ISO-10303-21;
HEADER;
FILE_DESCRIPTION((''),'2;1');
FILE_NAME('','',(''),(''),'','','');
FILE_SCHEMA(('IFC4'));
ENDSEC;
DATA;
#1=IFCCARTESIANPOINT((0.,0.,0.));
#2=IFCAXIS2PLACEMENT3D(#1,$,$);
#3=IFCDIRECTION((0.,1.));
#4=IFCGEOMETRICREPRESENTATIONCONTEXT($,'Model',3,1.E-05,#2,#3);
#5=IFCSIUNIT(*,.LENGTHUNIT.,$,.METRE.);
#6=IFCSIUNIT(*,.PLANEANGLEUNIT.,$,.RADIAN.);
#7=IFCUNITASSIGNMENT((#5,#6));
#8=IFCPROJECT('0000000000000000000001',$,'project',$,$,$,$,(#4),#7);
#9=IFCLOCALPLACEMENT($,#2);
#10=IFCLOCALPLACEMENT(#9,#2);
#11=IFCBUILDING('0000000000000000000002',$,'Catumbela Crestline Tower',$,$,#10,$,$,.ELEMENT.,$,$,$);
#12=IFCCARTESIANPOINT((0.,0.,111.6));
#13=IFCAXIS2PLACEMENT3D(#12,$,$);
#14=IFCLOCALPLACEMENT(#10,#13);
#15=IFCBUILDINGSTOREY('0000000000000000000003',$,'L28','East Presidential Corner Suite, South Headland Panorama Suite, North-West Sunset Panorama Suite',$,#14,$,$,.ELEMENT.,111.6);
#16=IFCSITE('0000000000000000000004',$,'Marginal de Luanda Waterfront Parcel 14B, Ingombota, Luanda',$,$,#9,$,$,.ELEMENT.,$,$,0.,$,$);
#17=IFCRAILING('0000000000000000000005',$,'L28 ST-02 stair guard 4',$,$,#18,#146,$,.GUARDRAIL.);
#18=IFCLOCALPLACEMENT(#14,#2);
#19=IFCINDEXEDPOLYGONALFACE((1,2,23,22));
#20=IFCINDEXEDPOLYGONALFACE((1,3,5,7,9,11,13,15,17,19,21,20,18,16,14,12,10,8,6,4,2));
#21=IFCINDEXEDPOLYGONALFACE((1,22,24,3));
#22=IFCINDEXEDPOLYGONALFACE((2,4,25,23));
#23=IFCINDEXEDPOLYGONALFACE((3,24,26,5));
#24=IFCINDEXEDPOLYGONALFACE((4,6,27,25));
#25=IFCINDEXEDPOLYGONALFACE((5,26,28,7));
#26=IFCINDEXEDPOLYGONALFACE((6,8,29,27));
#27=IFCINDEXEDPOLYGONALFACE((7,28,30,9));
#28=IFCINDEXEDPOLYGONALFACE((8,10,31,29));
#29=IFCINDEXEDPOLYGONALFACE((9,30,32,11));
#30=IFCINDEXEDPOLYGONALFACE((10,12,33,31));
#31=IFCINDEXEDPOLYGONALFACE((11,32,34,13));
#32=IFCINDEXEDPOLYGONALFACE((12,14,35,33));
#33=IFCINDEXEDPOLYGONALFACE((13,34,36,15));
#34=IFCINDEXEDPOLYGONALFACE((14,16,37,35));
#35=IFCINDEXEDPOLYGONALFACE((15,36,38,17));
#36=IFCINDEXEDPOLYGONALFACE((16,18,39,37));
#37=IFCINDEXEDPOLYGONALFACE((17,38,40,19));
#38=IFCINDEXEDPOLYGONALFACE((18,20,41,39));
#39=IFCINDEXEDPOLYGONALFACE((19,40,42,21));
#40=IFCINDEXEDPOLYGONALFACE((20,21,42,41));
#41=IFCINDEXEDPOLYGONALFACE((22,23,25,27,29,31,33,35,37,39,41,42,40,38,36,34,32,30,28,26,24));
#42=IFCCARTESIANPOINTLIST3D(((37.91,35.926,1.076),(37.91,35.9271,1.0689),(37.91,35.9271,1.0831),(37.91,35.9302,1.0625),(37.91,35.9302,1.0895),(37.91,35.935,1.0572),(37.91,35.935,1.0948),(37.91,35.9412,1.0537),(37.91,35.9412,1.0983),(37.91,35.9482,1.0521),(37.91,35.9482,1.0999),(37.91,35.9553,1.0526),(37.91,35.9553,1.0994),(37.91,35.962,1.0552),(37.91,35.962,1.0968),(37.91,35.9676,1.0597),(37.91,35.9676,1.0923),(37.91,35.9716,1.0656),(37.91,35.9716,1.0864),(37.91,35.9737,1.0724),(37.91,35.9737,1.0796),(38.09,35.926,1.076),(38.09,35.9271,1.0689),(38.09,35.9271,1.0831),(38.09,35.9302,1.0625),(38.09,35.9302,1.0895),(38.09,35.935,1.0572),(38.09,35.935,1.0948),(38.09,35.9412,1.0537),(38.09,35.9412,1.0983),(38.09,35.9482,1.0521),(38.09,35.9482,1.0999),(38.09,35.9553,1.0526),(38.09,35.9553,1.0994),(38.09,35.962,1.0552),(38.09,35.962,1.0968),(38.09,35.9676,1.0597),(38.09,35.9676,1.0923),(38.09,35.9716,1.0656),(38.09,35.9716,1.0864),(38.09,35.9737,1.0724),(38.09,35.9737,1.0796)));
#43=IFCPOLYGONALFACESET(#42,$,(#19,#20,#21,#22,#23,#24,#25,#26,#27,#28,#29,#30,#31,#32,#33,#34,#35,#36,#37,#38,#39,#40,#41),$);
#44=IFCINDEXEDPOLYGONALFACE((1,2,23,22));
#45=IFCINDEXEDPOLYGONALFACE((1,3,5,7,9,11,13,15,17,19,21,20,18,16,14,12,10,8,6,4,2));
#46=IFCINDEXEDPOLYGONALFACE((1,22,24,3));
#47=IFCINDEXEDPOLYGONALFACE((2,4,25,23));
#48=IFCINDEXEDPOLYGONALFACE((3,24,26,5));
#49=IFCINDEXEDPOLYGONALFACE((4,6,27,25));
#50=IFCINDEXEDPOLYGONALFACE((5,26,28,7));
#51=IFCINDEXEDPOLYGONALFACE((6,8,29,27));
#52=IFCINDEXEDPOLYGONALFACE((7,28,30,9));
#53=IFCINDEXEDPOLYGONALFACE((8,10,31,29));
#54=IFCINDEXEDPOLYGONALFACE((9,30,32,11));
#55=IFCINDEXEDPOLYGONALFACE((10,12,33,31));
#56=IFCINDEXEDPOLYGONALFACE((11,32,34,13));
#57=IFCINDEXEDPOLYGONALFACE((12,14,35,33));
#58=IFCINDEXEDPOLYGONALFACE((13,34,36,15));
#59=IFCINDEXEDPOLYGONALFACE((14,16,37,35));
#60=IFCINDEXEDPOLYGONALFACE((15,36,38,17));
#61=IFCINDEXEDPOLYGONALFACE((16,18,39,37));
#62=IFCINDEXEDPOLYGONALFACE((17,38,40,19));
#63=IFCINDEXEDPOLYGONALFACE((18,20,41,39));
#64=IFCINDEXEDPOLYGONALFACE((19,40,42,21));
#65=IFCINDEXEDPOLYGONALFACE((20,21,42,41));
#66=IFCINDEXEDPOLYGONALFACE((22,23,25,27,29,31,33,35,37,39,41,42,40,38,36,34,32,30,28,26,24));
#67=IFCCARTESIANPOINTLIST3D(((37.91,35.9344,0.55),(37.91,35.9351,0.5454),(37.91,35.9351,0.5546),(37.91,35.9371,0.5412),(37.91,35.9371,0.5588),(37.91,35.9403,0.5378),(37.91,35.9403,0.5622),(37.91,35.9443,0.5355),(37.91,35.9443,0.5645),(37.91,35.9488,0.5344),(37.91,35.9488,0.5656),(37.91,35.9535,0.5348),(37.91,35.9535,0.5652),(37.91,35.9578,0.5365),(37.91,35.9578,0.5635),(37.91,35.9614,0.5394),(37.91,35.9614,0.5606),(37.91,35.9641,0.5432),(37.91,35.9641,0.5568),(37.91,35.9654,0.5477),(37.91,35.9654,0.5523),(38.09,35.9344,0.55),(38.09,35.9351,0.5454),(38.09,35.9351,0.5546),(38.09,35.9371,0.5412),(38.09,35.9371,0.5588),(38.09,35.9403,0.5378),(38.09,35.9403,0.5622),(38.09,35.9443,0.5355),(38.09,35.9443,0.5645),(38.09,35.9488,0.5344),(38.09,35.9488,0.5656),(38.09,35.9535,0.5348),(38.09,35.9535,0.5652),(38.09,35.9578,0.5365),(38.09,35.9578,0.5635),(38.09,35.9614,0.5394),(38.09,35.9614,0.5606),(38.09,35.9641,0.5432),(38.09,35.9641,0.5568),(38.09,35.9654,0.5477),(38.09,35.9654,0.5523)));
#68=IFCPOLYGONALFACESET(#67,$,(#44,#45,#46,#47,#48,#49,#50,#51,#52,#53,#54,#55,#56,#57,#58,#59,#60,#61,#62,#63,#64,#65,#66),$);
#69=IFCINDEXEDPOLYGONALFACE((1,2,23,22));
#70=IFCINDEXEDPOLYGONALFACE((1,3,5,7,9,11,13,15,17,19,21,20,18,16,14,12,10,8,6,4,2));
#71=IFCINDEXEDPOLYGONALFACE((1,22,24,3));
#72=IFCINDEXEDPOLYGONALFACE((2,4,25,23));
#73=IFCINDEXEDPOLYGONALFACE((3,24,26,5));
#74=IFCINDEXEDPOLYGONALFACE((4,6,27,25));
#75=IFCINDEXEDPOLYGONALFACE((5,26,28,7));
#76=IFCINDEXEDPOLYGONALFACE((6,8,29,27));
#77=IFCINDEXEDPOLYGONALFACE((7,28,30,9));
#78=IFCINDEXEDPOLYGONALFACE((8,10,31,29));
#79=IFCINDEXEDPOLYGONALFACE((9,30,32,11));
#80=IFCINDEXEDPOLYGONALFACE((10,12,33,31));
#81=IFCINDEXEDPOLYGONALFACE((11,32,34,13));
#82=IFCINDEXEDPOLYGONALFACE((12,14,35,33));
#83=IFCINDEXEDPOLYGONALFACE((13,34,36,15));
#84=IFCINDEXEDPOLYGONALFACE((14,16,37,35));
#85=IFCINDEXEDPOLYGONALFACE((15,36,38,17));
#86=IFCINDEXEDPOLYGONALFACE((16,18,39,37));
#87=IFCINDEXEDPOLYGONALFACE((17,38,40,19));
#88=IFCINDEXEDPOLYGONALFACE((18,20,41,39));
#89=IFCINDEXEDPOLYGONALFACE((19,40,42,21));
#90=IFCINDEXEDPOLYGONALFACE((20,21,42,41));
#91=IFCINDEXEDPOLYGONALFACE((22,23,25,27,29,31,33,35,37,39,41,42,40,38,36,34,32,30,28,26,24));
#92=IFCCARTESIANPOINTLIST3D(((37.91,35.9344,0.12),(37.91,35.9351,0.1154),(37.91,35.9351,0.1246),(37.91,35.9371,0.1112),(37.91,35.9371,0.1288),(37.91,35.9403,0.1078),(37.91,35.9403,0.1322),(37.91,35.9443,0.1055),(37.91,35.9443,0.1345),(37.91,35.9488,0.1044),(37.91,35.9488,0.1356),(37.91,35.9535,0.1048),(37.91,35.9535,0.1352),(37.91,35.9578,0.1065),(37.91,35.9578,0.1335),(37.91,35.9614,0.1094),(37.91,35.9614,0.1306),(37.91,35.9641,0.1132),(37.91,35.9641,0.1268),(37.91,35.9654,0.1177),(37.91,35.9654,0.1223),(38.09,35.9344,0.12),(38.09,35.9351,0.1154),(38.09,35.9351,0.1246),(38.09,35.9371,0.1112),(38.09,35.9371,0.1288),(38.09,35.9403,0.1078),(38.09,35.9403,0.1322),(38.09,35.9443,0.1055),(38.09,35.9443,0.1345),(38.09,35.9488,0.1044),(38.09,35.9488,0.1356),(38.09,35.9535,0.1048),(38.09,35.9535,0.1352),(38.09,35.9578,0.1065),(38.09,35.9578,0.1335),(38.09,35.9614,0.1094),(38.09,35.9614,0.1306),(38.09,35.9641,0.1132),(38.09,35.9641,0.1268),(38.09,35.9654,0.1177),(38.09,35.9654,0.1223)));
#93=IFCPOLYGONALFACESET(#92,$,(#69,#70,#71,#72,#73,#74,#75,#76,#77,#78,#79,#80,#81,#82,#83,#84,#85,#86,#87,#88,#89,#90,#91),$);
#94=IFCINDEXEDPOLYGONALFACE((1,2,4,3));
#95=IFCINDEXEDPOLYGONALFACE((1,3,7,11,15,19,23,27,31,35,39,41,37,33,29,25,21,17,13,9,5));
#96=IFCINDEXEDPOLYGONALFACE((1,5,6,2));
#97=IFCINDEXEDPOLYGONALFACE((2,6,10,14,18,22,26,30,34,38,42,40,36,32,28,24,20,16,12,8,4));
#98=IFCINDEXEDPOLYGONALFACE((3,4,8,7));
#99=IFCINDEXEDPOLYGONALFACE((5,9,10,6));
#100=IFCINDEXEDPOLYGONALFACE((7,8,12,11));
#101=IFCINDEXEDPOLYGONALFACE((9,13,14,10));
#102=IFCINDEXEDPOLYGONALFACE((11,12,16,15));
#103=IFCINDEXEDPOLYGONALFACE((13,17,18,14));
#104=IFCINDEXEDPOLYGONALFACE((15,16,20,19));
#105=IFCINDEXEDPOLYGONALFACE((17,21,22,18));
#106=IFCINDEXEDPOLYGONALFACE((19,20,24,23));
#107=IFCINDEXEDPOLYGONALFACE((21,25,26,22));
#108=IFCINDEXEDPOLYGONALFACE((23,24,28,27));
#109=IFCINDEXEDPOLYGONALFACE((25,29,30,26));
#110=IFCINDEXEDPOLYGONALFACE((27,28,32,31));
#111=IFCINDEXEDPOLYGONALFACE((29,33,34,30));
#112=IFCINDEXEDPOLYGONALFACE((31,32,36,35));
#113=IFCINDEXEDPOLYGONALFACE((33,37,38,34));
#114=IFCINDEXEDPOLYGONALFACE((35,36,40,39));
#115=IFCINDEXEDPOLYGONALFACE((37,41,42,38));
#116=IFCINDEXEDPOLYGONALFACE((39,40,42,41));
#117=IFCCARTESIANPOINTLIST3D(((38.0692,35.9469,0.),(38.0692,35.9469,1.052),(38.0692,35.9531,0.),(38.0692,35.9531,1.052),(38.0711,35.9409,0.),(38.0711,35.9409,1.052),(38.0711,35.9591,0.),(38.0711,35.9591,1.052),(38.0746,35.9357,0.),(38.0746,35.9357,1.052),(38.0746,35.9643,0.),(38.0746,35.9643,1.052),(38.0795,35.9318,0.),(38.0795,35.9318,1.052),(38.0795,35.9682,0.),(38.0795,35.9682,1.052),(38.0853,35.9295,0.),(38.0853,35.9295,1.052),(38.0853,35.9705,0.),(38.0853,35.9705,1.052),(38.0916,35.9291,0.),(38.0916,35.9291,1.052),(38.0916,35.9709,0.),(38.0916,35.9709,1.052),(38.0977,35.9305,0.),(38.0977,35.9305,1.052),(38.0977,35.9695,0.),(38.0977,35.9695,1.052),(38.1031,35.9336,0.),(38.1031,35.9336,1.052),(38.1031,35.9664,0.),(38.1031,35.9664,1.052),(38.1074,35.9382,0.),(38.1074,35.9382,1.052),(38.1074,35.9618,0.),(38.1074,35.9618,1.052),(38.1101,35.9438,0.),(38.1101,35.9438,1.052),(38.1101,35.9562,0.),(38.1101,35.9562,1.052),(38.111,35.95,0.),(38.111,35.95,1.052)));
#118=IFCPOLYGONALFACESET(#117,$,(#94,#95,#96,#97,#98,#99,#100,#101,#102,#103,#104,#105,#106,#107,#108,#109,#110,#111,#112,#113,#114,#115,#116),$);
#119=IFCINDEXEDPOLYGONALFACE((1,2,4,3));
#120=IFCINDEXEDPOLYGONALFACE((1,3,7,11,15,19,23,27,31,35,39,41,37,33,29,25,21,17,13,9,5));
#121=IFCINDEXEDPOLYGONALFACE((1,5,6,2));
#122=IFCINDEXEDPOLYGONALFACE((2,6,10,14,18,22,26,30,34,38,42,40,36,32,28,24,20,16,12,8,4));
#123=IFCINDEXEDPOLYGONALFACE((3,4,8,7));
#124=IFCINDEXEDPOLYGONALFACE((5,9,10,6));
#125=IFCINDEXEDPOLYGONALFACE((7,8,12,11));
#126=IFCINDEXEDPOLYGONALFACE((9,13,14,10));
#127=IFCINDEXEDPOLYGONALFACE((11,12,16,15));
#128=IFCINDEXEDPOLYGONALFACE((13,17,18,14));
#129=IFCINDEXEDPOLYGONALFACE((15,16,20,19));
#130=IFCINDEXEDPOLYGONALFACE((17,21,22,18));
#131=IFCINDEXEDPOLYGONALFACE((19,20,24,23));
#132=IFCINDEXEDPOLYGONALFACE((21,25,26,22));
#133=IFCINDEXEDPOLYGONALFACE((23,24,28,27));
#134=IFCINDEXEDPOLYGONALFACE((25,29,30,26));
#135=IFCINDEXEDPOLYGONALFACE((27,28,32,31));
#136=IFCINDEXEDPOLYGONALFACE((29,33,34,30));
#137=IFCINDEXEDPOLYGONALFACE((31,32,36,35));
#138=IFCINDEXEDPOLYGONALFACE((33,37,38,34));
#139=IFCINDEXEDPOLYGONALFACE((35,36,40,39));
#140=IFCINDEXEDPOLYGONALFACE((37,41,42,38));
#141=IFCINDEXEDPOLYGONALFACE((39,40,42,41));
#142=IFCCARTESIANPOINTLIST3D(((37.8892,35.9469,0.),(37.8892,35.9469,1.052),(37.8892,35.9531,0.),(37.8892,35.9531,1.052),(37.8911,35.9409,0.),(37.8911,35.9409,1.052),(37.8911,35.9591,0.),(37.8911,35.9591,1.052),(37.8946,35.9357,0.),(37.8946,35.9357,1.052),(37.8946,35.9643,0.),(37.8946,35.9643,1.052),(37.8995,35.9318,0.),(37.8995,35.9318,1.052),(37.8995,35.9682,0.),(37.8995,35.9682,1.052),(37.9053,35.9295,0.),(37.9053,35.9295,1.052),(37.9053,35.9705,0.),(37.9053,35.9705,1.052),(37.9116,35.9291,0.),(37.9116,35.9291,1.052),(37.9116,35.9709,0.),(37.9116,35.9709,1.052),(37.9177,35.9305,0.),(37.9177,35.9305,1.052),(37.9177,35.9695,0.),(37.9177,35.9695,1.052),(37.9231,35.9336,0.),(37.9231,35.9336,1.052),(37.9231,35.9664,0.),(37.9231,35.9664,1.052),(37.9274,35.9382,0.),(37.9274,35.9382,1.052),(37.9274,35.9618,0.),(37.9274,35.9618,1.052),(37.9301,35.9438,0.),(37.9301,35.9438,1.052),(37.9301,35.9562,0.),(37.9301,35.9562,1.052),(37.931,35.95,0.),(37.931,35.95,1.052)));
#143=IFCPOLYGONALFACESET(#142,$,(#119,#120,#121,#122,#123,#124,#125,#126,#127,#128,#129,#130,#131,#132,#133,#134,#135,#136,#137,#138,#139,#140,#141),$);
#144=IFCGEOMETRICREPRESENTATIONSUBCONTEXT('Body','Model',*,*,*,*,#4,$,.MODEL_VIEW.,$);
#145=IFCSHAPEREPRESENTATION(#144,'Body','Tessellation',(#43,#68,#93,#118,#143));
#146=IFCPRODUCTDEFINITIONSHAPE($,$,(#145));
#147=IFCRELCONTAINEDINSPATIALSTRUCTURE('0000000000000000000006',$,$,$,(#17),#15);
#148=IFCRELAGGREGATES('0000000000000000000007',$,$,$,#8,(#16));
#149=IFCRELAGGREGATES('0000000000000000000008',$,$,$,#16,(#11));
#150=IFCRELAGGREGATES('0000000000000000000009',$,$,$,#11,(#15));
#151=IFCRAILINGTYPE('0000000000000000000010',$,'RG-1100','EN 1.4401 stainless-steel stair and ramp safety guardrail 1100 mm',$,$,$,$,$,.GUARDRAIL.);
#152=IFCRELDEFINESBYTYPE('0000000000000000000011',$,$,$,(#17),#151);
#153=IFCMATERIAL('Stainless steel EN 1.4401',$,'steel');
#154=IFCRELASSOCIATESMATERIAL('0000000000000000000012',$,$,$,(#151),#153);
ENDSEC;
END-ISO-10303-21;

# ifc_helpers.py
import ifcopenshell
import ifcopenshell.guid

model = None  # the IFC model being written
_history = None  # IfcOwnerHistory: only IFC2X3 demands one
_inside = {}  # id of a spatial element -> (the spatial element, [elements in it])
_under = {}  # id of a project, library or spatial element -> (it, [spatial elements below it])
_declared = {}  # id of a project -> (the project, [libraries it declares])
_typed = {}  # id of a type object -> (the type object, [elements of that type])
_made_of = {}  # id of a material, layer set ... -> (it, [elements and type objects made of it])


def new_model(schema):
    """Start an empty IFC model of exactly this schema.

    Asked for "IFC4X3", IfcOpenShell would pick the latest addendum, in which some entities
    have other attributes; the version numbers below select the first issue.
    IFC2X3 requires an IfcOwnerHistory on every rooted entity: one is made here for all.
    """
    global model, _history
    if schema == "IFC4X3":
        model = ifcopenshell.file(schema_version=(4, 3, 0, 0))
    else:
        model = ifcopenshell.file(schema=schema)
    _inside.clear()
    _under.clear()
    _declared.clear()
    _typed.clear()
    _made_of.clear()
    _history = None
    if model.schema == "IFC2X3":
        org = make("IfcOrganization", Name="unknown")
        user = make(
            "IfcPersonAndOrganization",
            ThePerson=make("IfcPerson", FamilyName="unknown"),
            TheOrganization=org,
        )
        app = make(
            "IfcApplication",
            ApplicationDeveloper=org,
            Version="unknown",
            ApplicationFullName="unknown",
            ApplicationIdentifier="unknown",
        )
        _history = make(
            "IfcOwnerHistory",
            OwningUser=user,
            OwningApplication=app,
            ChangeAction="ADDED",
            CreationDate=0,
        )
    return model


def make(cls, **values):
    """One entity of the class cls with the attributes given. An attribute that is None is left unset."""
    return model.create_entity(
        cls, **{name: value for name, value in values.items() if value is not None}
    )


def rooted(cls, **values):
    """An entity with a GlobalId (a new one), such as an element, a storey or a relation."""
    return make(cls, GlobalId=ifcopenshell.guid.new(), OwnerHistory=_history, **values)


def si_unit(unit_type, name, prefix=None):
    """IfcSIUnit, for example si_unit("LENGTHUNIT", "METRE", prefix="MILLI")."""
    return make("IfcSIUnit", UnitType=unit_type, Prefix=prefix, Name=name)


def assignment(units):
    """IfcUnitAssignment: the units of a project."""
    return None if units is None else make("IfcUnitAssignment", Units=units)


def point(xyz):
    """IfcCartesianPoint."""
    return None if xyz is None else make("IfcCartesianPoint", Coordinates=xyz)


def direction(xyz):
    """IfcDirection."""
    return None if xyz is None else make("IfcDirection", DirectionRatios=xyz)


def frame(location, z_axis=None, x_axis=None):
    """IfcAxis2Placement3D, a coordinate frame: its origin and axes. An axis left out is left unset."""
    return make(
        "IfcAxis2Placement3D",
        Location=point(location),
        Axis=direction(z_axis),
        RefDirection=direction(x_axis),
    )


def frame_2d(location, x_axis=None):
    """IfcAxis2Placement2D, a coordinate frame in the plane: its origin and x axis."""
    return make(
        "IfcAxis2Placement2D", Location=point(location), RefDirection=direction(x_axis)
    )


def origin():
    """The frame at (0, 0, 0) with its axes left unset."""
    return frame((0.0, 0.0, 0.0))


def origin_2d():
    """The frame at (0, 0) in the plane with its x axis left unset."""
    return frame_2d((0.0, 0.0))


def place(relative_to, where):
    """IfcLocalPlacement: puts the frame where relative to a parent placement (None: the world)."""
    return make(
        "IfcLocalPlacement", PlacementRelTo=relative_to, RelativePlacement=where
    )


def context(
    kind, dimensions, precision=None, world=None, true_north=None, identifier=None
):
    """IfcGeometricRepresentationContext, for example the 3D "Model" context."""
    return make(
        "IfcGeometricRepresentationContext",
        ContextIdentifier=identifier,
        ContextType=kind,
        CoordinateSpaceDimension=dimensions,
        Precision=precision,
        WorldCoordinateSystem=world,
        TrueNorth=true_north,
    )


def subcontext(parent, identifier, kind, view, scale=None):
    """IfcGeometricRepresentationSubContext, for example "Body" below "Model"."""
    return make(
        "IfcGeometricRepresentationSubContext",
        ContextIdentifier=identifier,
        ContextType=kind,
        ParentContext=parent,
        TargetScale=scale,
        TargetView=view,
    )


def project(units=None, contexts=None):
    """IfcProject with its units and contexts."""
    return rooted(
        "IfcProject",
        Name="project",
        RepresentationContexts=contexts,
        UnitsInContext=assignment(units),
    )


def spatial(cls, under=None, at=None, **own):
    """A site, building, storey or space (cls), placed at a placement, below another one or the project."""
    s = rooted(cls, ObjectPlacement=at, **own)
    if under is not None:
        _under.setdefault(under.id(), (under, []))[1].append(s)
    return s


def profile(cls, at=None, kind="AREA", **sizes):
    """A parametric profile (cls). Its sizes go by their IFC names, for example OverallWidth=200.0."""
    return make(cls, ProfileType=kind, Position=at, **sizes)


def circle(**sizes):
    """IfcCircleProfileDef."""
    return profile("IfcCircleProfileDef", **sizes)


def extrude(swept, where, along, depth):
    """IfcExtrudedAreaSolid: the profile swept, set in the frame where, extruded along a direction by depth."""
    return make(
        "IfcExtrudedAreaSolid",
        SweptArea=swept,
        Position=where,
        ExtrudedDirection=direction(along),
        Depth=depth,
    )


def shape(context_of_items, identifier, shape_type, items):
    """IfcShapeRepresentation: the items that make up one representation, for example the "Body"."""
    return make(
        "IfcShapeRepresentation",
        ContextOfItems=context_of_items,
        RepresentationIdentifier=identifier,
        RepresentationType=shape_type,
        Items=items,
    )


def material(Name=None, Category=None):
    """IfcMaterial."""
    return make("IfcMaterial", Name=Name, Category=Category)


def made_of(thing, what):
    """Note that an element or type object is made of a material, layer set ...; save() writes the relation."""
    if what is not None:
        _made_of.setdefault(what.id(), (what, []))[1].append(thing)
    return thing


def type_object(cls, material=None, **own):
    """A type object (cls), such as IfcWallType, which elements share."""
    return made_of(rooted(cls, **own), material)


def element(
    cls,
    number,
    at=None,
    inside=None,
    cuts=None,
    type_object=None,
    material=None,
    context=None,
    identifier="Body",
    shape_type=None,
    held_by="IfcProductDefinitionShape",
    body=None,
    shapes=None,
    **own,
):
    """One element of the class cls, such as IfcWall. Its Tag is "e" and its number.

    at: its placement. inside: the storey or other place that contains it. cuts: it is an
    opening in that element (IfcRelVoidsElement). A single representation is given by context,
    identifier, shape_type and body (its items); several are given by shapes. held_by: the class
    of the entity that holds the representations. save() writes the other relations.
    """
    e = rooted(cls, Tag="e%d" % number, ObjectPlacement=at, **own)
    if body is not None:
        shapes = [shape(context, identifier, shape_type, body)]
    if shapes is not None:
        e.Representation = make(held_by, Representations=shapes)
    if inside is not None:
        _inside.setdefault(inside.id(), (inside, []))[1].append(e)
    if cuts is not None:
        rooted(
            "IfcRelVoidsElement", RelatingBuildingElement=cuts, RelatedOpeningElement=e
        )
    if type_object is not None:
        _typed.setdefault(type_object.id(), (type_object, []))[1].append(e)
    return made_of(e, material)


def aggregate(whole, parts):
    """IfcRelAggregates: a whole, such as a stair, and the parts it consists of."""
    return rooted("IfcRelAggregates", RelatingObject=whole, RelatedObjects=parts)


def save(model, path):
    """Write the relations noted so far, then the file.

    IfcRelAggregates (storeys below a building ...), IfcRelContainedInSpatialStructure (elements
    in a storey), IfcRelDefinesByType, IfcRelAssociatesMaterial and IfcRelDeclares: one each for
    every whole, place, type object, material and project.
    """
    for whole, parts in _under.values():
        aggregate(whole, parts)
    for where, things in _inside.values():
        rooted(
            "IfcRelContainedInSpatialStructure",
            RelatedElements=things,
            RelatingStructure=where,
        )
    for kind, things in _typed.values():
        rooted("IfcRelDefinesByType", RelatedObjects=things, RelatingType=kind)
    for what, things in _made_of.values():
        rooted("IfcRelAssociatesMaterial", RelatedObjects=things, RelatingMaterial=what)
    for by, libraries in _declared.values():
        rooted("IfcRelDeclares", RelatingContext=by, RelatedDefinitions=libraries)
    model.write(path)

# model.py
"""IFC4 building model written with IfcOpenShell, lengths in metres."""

from ifc_helpers import new_model, si_unit, direction, frame, origin, origin_2d, place, context, subcontext, project, spatial, circle, extrude, material, type_object, element, save


model = new_model("IFC4")

# Units and contexts
model_context = context("Model", 3, precision=1e-05, world=origin(), true_north=direction((0.0, 1.0)))
body_context = subcontext(model_context, "Body", "Model", "MODEL_VIEW")
ifc_project = project(units=[si_unit("LENGTHUNIT", "METRE"), si_unit("PLANEANGLEUNIT", "RADIAN")], contexts=[model_context])

# Site, building, storey
site_placement = place(None, origin())
site = spatial("IfcSite", under=ifc_project, at=site_placement, Name="Marginal de Luanda Waterfront Parcel 14B, Ingombota, Luanda", CompositionType="ELEMENT", RefElevation=0.0)
building_placement = place(site_placement, origin())
building = spatial("IfcBuilding", under=site, at=building_placement, Name="Catumbela Crestline Tower", CompositionType="ELEMENT")
storey_placement = place(building_placement, frame((0.0, 0.0, 111.6)))
storey = spatial("IfcBuildingStorey", under=building, at=storey_placement, Name="L28", Description="East Presidential Corner Suite, South Headland Panorama Suite, North-West Sunset Panorama Suite", CompositionType="ELEMENT", Elevation=111.6)

# Shared definitions
ifc_material_1 = material(Name="Stainless steel EN 1.4401", Category="steel")

# Railing
railing_type_1 = type_object("IfcRailingType", Name="RG-1100", Description="EN 1.4401 stainless-steel stair and ramp safety guardrail 1100 mm", PredefinedType="GUARDRAIL", material=ifc_material_1)
railing_1_placement = place(storey_placement, frame((38.09, 35.95, 0.0)))
element("IfcRailing", 1, at=railing_1_placement, inside=storey, type_object=railing_type_1, Name="L28 ST-02 stair guard 4", PredefinedType="GUARDRAIL", context=body_context, shape_type="SweptSolid", body=[
    extrude(circle(Radius=0.024, at=origin_2d()), frame((0.0, 0.0, 1.076), z_axis=(-1.0, 0.0, 0.0), x_axis=(0.0, -1.0, 0.0)), (0.0, 0.0, 1.0), 0.18),
    extrude(circle(Radius=0.0156, at=origin_2d()), frame((0.0, 0.0, 0.55), z_axis=(-1.0, 0.0, 0.0), x_axis=(0.0, -1.0, 0.0)), (0.0, 0.0, 1.0), 0.18),
    extrude(circle(Radius=0.0156, at=origin_2d()), frame((0.0, 0.0, 0.12), z_axis=(-1.0, 0.0, 0.0), x_axis=(0.0, -1.0, 0.0)), (0.0, 0.0, 1.0), 0.18),
    extrude(circle(Radius=0.021, at=origin_2d()), origin(), (0.0, 0.0, 1.0), 1.052),
    extrude(circle(Radius=0.021, at=origin_2d()), frame((-0.18, 0.0, 0.0)), (0.0, 0.0, 1.0), 1.052),
])

save(model, "model.ifc")
